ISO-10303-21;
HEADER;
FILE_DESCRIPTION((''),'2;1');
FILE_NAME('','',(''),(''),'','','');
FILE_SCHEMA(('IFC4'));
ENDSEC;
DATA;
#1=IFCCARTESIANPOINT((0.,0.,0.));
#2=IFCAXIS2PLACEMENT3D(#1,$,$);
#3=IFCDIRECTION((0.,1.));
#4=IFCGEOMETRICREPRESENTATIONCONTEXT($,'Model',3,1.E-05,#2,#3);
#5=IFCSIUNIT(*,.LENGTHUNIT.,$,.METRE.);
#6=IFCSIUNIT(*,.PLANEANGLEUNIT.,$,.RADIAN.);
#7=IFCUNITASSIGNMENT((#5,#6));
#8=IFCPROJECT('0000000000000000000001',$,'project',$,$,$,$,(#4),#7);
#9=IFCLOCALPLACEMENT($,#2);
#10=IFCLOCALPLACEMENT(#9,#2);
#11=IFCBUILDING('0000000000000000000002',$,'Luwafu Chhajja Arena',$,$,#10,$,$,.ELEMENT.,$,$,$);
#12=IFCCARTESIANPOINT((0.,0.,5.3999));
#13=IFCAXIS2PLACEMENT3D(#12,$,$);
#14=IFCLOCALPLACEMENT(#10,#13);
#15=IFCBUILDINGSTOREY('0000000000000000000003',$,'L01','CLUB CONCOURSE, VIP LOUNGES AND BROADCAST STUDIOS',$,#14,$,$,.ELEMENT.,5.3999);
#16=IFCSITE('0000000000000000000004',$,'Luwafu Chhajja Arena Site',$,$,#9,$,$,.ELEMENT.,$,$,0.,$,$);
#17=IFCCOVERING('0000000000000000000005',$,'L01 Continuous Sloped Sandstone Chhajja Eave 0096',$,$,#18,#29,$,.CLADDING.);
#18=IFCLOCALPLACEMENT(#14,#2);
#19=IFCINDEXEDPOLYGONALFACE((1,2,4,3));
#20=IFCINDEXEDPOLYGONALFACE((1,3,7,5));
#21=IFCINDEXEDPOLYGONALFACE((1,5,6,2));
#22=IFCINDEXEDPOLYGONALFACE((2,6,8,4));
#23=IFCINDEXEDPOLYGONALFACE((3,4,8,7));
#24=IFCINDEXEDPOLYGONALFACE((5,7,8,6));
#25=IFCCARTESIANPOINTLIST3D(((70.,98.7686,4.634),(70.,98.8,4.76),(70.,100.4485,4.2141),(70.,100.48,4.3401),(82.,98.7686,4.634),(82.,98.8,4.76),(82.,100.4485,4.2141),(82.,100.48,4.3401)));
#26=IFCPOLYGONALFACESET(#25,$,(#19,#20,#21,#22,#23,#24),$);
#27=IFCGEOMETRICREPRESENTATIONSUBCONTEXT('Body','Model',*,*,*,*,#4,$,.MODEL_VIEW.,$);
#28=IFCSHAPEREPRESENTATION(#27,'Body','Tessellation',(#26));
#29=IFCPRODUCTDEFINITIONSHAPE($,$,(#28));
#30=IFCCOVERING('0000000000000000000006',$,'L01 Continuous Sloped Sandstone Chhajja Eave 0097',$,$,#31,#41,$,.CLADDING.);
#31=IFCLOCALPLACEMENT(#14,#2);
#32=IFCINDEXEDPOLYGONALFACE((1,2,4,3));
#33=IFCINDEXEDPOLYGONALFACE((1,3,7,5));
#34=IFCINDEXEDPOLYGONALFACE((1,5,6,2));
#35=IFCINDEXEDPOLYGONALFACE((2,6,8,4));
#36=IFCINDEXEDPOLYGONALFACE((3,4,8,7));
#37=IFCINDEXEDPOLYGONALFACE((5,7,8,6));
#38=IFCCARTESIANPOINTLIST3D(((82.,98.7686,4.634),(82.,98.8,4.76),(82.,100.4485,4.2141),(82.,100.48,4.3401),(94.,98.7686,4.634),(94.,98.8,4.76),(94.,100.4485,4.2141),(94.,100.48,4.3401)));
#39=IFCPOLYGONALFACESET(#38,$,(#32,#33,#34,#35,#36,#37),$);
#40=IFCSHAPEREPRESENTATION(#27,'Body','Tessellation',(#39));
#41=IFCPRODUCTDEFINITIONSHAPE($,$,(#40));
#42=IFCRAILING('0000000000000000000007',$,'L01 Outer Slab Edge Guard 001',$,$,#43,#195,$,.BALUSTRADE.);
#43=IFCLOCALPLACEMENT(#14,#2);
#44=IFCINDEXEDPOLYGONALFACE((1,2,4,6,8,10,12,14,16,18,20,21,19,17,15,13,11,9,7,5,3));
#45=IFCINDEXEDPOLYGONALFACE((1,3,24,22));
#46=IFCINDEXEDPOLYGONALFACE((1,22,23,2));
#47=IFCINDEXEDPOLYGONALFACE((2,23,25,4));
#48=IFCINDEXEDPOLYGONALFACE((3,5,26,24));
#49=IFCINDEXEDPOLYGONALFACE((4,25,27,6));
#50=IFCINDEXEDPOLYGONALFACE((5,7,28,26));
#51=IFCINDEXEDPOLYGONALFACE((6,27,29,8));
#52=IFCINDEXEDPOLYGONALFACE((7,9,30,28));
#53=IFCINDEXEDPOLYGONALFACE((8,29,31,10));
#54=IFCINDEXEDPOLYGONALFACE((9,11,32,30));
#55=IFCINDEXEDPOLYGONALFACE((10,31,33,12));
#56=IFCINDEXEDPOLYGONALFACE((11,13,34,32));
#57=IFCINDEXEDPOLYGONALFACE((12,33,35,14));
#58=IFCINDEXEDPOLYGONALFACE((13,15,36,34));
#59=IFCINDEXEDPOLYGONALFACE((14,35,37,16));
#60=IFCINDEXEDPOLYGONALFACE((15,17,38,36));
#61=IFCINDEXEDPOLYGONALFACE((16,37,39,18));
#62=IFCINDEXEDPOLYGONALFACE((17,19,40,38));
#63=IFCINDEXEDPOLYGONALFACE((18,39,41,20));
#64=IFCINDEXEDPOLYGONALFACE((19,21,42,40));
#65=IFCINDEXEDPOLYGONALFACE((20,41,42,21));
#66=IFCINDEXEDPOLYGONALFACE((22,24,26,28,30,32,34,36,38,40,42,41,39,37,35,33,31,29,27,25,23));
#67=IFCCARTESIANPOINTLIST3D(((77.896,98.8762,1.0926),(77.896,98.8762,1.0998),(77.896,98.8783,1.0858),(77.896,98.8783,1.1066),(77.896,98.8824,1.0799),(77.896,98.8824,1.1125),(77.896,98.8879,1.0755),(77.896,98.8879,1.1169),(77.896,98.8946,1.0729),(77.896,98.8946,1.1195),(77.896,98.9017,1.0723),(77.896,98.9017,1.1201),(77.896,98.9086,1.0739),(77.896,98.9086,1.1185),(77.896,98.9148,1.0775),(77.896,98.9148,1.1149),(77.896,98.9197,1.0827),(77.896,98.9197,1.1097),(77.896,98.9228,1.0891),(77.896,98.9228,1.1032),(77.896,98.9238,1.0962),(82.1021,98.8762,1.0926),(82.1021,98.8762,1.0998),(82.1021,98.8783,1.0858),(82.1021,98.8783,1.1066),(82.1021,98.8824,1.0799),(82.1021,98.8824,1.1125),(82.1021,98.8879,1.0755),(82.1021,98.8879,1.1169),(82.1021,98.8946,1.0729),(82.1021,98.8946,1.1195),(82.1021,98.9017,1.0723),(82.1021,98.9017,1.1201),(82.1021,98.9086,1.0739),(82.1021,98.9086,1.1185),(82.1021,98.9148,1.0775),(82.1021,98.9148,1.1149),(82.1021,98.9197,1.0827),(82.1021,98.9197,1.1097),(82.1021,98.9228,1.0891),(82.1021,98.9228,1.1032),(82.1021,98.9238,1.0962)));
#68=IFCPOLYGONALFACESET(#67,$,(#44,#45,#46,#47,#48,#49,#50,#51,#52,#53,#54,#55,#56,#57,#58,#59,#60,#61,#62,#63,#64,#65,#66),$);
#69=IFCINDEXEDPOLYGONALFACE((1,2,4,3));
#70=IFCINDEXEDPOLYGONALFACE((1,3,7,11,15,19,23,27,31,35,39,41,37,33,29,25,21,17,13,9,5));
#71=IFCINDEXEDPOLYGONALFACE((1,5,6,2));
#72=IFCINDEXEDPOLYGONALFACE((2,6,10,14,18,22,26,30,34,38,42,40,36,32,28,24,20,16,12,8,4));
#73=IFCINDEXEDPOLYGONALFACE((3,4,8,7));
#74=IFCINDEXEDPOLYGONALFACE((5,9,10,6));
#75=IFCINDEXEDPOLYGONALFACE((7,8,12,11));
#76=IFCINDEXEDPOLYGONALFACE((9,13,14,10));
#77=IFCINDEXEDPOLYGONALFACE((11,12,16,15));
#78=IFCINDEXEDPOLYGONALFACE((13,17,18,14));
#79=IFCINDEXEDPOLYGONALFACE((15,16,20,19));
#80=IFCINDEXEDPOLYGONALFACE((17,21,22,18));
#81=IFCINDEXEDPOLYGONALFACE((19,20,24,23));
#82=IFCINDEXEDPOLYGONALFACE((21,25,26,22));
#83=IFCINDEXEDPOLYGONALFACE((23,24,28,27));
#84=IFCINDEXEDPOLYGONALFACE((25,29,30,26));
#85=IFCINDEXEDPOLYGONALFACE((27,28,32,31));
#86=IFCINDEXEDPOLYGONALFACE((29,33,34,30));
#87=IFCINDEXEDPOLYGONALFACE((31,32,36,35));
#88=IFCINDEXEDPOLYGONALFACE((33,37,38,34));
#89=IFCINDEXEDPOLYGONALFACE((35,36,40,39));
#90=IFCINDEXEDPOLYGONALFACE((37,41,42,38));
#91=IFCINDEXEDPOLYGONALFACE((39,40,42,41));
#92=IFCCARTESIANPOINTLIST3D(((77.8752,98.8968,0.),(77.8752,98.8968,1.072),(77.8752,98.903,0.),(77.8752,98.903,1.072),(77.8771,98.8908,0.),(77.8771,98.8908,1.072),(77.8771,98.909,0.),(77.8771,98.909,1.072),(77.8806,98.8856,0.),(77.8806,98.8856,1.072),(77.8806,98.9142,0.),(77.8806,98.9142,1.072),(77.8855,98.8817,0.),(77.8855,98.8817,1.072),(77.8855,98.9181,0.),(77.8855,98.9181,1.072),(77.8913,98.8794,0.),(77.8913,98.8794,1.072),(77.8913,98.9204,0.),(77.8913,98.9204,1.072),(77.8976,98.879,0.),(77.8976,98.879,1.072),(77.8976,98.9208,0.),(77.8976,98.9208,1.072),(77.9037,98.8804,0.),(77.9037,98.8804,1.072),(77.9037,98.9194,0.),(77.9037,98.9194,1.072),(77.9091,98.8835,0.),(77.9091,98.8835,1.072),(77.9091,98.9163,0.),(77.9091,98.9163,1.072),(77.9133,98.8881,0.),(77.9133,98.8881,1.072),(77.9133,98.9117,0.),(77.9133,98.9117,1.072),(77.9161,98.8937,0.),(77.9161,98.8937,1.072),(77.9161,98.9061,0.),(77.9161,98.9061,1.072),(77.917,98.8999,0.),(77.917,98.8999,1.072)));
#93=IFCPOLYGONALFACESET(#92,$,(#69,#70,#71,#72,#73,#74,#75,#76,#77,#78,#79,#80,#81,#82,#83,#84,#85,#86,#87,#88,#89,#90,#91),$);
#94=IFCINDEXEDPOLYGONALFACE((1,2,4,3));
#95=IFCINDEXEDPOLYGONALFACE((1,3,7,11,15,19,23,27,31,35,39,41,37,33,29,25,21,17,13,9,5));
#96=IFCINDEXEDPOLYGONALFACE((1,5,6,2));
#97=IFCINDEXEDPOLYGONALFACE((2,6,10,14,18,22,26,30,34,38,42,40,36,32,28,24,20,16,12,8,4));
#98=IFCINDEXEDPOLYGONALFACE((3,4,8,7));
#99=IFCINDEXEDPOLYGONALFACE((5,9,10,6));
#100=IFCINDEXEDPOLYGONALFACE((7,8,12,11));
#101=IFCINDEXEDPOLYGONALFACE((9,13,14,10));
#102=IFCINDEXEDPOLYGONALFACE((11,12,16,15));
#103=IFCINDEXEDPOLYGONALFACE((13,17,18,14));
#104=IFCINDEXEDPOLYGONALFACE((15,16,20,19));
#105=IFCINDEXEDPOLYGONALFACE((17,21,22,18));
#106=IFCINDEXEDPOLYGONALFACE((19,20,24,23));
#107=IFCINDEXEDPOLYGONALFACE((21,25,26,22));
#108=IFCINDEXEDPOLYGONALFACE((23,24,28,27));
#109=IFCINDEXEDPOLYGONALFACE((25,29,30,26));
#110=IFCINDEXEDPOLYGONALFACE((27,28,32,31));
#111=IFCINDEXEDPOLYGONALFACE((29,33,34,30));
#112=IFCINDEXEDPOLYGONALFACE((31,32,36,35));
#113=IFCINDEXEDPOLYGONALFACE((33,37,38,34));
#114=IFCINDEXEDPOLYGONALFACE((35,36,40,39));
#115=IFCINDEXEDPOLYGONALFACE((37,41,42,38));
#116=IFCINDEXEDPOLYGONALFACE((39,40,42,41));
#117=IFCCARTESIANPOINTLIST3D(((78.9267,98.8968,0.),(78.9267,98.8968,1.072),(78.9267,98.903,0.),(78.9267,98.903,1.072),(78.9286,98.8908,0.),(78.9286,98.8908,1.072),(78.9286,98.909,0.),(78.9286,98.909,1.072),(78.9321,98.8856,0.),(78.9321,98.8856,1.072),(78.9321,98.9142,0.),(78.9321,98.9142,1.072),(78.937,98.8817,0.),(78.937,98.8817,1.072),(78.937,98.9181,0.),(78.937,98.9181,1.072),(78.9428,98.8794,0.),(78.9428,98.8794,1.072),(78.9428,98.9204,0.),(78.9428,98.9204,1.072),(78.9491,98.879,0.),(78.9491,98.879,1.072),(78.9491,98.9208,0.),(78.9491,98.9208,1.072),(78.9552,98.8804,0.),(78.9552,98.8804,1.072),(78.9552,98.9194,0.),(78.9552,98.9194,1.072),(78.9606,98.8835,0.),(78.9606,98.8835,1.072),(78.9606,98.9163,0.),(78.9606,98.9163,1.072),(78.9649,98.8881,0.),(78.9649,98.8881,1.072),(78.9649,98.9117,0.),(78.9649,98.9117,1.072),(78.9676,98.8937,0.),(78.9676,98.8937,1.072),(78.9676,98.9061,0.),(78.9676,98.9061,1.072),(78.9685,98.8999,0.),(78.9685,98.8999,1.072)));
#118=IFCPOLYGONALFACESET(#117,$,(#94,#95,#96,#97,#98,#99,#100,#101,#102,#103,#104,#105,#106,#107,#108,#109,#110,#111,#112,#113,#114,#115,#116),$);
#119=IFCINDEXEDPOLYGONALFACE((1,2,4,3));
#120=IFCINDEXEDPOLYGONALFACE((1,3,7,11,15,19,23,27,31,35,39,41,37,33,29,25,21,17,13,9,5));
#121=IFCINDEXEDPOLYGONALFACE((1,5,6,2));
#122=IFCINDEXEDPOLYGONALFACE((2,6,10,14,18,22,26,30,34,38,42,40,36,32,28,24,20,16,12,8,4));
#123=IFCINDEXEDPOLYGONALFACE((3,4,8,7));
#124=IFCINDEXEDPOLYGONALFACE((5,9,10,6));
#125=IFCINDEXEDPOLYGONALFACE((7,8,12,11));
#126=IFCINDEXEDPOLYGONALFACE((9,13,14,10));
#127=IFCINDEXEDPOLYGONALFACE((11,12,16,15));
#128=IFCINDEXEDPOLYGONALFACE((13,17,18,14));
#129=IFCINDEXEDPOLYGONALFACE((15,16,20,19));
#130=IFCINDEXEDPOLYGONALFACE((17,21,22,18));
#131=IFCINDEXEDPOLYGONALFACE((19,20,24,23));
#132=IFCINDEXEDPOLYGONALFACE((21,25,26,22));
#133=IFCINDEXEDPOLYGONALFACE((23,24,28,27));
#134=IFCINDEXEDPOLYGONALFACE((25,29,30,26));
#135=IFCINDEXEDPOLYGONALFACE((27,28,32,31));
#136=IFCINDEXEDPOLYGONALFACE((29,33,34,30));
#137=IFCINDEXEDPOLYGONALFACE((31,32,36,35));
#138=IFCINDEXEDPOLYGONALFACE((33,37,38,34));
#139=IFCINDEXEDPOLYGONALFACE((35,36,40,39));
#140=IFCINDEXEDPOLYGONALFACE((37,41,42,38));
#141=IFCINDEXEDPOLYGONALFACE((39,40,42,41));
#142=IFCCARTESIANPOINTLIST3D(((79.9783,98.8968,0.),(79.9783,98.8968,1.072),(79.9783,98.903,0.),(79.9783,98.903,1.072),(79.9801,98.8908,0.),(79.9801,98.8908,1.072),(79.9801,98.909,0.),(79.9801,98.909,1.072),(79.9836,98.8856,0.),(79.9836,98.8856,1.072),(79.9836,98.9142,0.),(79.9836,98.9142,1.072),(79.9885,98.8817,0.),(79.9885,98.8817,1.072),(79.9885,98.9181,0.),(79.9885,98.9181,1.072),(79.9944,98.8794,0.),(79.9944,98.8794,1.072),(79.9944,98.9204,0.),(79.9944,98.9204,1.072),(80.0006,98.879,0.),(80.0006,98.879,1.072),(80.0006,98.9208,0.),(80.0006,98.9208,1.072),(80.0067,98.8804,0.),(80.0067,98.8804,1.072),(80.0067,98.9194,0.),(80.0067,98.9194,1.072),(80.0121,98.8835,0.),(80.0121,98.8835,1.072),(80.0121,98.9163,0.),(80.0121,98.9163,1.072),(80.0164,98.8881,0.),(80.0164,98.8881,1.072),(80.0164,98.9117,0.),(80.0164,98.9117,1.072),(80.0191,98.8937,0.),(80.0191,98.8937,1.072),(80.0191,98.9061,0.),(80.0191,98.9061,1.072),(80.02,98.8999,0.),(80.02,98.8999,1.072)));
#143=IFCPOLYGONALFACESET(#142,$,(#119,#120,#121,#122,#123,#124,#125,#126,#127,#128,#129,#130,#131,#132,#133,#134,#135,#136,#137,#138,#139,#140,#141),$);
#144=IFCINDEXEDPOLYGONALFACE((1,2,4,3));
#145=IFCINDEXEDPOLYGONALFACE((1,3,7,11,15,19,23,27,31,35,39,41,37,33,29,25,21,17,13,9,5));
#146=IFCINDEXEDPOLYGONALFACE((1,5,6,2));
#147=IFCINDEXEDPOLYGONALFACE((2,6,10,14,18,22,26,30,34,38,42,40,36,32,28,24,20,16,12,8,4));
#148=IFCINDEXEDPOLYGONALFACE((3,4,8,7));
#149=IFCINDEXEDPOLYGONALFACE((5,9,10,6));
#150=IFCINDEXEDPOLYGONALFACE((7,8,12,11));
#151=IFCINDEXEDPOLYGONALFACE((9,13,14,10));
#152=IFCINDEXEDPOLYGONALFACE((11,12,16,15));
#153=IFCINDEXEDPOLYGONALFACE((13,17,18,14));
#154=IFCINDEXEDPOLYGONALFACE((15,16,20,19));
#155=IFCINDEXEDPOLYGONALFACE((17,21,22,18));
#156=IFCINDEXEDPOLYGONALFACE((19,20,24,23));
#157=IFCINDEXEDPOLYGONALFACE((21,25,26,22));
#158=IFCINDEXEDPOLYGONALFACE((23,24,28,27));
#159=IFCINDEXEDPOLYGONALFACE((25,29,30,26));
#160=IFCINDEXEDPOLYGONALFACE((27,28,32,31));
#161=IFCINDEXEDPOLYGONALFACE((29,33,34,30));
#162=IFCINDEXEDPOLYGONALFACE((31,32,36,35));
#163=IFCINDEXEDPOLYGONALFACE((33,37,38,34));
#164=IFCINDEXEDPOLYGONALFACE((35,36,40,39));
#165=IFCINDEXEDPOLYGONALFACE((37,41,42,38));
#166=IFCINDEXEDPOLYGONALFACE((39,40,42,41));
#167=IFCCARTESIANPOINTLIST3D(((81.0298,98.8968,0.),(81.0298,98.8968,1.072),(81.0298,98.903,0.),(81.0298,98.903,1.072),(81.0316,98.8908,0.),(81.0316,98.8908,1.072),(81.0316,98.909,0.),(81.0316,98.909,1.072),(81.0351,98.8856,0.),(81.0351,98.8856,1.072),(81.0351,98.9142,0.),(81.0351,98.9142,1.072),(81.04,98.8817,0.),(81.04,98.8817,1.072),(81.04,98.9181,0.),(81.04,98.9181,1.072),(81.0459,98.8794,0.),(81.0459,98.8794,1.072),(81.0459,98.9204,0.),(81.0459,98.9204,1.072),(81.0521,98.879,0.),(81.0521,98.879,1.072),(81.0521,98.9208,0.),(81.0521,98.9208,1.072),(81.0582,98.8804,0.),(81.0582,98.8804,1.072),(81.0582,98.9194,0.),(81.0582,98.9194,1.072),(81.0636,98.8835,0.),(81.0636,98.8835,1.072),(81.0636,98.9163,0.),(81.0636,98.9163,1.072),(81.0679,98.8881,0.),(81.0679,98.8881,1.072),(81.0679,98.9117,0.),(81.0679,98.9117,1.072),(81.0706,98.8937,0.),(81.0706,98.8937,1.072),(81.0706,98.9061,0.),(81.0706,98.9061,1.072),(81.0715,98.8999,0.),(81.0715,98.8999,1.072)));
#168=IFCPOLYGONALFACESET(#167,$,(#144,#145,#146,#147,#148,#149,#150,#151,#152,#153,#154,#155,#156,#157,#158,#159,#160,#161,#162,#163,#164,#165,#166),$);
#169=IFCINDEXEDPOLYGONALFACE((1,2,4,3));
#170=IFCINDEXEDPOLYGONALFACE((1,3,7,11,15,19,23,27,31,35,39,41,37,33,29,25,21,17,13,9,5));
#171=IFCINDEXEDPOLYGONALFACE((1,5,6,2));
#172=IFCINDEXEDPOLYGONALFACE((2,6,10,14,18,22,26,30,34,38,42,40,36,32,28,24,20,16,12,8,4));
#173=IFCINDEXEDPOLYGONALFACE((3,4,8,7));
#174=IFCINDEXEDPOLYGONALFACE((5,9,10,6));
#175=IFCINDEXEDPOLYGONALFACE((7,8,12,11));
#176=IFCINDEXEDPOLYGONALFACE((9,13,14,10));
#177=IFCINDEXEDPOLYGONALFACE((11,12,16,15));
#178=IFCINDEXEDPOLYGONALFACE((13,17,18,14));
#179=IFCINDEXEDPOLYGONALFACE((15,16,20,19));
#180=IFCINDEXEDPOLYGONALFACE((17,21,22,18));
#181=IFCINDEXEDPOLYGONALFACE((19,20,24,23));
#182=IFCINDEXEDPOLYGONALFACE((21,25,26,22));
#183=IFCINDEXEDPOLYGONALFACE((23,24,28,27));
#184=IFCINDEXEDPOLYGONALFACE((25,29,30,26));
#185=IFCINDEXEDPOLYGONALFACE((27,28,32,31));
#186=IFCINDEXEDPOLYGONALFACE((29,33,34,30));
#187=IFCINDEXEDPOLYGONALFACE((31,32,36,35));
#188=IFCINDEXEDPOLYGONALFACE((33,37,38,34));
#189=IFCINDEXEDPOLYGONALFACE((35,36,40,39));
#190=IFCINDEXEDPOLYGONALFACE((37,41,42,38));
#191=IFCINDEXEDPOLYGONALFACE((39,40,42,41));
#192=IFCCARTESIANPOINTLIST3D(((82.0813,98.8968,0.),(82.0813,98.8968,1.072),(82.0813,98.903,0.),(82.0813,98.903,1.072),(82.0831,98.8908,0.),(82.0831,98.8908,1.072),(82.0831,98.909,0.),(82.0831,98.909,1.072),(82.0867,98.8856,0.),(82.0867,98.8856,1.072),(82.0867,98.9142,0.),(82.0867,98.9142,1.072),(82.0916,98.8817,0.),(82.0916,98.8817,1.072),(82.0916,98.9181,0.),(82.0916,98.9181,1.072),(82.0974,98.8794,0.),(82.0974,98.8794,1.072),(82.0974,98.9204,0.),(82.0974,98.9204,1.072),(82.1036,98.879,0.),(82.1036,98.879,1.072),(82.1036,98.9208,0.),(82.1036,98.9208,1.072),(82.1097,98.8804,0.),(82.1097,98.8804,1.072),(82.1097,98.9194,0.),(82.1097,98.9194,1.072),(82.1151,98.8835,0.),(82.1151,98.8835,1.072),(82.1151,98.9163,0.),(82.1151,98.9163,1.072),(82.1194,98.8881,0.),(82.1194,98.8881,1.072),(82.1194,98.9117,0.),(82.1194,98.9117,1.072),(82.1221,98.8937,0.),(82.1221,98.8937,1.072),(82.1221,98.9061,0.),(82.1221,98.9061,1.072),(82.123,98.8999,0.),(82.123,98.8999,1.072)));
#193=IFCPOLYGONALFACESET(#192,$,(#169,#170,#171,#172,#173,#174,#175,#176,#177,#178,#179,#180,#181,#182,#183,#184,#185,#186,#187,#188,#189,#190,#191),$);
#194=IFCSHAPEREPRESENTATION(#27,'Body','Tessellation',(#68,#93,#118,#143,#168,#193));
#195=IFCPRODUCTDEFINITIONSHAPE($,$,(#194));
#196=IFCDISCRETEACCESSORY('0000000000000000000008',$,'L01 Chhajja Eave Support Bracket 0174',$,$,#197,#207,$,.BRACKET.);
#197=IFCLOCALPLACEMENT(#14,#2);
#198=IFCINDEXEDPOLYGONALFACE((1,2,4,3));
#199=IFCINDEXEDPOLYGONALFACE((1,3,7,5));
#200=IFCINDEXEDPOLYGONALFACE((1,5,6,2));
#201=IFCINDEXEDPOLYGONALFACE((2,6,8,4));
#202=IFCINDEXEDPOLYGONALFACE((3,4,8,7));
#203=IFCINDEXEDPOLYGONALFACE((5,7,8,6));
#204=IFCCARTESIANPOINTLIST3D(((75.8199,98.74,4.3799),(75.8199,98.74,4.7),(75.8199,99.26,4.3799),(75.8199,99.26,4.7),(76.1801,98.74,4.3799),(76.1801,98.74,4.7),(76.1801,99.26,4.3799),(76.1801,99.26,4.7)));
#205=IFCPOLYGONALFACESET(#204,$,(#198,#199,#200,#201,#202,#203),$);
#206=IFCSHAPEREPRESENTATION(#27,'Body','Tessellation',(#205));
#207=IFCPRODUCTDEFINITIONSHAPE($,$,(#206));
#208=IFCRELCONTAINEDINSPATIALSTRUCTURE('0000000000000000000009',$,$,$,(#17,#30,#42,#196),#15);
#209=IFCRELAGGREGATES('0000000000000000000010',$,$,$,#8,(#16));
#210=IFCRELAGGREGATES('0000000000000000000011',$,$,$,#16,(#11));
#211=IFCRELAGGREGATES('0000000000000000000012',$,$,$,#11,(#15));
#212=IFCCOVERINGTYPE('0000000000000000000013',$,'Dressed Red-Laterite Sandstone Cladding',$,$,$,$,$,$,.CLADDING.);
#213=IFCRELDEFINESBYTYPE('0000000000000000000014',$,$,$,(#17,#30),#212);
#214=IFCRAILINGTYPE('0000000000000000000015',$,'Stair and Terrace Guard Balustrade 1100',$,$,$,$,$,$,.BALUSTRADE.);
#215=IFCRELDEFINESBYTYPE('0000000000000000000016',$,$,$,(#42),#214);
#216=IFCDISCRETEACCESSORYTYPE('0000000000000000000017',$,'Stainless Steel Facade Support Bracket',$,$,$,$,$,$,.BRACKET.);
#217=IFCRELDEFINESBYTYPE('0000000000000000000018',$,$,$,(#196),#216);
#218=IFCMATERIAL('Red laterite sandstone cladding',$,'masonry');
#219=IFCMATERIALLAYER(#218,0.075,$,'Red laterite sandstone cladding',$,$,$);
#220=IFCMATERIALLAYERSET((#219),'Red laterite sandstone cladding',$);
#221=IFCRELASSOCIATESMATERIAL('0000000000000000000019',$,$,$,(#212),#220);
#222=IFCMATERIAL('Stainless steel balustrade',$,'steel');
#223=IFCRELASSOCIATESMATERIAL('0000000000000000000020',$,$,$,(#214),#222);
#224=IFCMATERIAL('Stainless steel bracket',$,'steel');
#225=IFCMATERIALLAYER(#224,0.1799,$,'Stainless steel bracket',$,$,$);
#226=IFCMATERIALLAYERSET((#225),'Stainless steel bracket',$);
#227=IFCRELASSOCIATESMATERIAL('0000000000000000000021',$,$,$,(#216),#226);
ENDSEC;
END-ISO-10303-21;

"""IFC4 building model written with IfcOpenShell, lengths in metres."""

from ifc_helpers import new_model, si_unit, direction, frame, origin, origin_2d, place, context, subcontext, project, spatial, polyline, rectangle, circle, outline, extrude, material, layer, layer_set, type_object, element, save


model = new_model("IFC4")

# Units and contexts
model_context = context("Model", 3, precision=1e-05, world=origin(), true_north=direction((0.0, 1.0)))
body_context = subcontext(model_context, "Body", "Model", "MODEL_VIEW")
ifc_project = project(units=[si_unit("LENGTHUNIT", "METRE"), si_unit("PLANEANGLEUNIT", "RADIAN")], contexts=[model_context])

# Site, building, storey
site_placement = place(None, origin())
site = spatial("IfcSite", under=ifc_project, at=site_placement, Name="Luwafu Chhajja Arena Site", CompositionType="ELEMENT", RefElevation=0.0)
building_placement = place(site_placement, origin())
building = spatial("IfcBuilding", under=site, at=building_placement, Name="Luwafu Chhajja Arena", CompositionType="ELEMENT")
storey_placement = place(building_placement, frame((0.0, 0.0, 5.3999)))
storey = spatial("IfcBuildingStorey", under=building, at=storey_placement, Name="L01", Description="CLUB CONCOURSE, VIP LOUNGES AND BROADCAST STUDIOS", CompositionType="ELEMENT", Elevation=5.3999)

# Coverings
ifc_material_1 = material(Name="Red laterite sandstone cladding", Category="masonry")
ifc_layer_1 = layer(ifc_material_1, 0.075, Name="Red laterite sandstone cladding")
ifc_layer_set_1 = layer_set([ifc_layer_1], Name="Red laterite sandstone cladding")
covering_type = type_object("IfcCoveringType", Name="Dressed Red-Laterite Sandstone Cladding", PredefinedType="CLADDING", material=ifc_layer_set_1)
for number, where, z_axis, x_axis, name in (
    (1, (70.0, 98.8, 4.76), (0.0, 0.242502, 0.970151), (1.0, 0.0, 0.0), "L01 Continuous Sloped Sandstone Chhajja Eave 0096"),
    (2, (82.0, 98.8, 4.76), (0.0, 0.242502, 0.970151), (1.0, 0.0, 0.0), "L01 Continuous Sloped Sandstone Chhajja Eave 0097"),
):
    element("IfcCovering", number, at=place(storey_placement, frame(where, z_axis=z_axis, x_axis=x_axis)), inside=storey, type_object=covering_type, Name=name, PredefinedType="CLADDING", context=body_context, shape_type="SweptSolid", body=[
        extrude(outline(polyline([(0.0, 0.0), (12.0, 0.0), (12.0, 1.7316), (0.0, 1.7316), (0.0, 0.0)])), origin(), (0.0, 0.0, -1.0), 0.1299),
    ])

# Railing
ifc_material_2 = material(Name="Stainless steel balustrade", Category="steel")
railing_type = type_object("IfcRailingType", Name="Stair and Terrace Guard Balustrade 1100", PredefinedType="BALUSTRADE", material=ifc_material_2)
railing_placement = place(storey_placement, frame((77.896, 98.8999, 0.0)))
element("IfcRailing", 3, at=railing_placement, inside=storey, type_object=railing_type, Name="L01 Outer Slab Edge Guard 001", PredefinedType="BALUSTRADE", context=body_context, shape_type="SweptSolid", body=[
    extrude(circle(Radius=0.0239, at=origin_2d()), frame((0.0, 0.0, 1.0962), z_axis=(1.0, 0.0, 0.0), x_axis=(0.0, 1.0, 0.0)), (0.0, 0.0, 1.0), 4.2061),
    extrude(circle(Radius=0.021, at=origin_2d()), origin(), (0.0, 0.0, 1.0), 1.072),
    extrude(circle(Radius=0.021, at=origin_2d()), frame((1.0515, 0.0, 0.0)), (0.0, 0.0, 1.0), 1.072),
    extrude(circle(Radius=0.021, at=origin_2d()), frame((2.103, 0.0, 0.0)), (0.0, 0.0, 1.0), 1.072),
    extrude(circle(Radius=0.021, at=origin_2d()), frame((3.1545, 0.0, 0.0)), (0.0, 0.0, 1.0), 1.072),
    extrude(circle(Radius=0.021, at=origin_2d()), frame((4.2061, 0.0, 0.0)), (0.0, 0.0, 1.0), 1.072),
])

# Discrete accessory
ifc_material_3 = material(Name="Stainless steel bracket", Category="steel")
ifc_layer_2 = layer(ifc_material_3, 0.1799, Name="Stainless steel bracket")
ifc_layer_set_2 = layer_set([ifc_layer_2], Name="Stainless steel bracket")
discrete_accessory_type = type_object("IfcDiscreteAccessoryType", Name="Stainless Steel Facade Support Bracket", PredefinedType="BRACKET", material=ifc_layer_set_2)
discrete_accessory_placement = place(storey_placement, frame((76.0, 99.0, 4.3799), z_axis=(0.0, 0.0, 1.0), x_axis=(1.0, 0.0, 0.0)))
element("IfcDiscreteAccessory", 4, at=discrete_accessory_placement, inside=storey, type_object=discrete_accessory_type, Name="L01 Chhajja Eave Support Bracket 0174", PredefinedType="BRACKET", context=body_context, shape_type="SweptSolid", body=[
    extrude(rectangle(XDim=0.3601, YDim=0.52, at=origin_2d()), origin(), (0.0, 0.0, 1.0), 0.3201),
])

save(model, "model.ifc")
